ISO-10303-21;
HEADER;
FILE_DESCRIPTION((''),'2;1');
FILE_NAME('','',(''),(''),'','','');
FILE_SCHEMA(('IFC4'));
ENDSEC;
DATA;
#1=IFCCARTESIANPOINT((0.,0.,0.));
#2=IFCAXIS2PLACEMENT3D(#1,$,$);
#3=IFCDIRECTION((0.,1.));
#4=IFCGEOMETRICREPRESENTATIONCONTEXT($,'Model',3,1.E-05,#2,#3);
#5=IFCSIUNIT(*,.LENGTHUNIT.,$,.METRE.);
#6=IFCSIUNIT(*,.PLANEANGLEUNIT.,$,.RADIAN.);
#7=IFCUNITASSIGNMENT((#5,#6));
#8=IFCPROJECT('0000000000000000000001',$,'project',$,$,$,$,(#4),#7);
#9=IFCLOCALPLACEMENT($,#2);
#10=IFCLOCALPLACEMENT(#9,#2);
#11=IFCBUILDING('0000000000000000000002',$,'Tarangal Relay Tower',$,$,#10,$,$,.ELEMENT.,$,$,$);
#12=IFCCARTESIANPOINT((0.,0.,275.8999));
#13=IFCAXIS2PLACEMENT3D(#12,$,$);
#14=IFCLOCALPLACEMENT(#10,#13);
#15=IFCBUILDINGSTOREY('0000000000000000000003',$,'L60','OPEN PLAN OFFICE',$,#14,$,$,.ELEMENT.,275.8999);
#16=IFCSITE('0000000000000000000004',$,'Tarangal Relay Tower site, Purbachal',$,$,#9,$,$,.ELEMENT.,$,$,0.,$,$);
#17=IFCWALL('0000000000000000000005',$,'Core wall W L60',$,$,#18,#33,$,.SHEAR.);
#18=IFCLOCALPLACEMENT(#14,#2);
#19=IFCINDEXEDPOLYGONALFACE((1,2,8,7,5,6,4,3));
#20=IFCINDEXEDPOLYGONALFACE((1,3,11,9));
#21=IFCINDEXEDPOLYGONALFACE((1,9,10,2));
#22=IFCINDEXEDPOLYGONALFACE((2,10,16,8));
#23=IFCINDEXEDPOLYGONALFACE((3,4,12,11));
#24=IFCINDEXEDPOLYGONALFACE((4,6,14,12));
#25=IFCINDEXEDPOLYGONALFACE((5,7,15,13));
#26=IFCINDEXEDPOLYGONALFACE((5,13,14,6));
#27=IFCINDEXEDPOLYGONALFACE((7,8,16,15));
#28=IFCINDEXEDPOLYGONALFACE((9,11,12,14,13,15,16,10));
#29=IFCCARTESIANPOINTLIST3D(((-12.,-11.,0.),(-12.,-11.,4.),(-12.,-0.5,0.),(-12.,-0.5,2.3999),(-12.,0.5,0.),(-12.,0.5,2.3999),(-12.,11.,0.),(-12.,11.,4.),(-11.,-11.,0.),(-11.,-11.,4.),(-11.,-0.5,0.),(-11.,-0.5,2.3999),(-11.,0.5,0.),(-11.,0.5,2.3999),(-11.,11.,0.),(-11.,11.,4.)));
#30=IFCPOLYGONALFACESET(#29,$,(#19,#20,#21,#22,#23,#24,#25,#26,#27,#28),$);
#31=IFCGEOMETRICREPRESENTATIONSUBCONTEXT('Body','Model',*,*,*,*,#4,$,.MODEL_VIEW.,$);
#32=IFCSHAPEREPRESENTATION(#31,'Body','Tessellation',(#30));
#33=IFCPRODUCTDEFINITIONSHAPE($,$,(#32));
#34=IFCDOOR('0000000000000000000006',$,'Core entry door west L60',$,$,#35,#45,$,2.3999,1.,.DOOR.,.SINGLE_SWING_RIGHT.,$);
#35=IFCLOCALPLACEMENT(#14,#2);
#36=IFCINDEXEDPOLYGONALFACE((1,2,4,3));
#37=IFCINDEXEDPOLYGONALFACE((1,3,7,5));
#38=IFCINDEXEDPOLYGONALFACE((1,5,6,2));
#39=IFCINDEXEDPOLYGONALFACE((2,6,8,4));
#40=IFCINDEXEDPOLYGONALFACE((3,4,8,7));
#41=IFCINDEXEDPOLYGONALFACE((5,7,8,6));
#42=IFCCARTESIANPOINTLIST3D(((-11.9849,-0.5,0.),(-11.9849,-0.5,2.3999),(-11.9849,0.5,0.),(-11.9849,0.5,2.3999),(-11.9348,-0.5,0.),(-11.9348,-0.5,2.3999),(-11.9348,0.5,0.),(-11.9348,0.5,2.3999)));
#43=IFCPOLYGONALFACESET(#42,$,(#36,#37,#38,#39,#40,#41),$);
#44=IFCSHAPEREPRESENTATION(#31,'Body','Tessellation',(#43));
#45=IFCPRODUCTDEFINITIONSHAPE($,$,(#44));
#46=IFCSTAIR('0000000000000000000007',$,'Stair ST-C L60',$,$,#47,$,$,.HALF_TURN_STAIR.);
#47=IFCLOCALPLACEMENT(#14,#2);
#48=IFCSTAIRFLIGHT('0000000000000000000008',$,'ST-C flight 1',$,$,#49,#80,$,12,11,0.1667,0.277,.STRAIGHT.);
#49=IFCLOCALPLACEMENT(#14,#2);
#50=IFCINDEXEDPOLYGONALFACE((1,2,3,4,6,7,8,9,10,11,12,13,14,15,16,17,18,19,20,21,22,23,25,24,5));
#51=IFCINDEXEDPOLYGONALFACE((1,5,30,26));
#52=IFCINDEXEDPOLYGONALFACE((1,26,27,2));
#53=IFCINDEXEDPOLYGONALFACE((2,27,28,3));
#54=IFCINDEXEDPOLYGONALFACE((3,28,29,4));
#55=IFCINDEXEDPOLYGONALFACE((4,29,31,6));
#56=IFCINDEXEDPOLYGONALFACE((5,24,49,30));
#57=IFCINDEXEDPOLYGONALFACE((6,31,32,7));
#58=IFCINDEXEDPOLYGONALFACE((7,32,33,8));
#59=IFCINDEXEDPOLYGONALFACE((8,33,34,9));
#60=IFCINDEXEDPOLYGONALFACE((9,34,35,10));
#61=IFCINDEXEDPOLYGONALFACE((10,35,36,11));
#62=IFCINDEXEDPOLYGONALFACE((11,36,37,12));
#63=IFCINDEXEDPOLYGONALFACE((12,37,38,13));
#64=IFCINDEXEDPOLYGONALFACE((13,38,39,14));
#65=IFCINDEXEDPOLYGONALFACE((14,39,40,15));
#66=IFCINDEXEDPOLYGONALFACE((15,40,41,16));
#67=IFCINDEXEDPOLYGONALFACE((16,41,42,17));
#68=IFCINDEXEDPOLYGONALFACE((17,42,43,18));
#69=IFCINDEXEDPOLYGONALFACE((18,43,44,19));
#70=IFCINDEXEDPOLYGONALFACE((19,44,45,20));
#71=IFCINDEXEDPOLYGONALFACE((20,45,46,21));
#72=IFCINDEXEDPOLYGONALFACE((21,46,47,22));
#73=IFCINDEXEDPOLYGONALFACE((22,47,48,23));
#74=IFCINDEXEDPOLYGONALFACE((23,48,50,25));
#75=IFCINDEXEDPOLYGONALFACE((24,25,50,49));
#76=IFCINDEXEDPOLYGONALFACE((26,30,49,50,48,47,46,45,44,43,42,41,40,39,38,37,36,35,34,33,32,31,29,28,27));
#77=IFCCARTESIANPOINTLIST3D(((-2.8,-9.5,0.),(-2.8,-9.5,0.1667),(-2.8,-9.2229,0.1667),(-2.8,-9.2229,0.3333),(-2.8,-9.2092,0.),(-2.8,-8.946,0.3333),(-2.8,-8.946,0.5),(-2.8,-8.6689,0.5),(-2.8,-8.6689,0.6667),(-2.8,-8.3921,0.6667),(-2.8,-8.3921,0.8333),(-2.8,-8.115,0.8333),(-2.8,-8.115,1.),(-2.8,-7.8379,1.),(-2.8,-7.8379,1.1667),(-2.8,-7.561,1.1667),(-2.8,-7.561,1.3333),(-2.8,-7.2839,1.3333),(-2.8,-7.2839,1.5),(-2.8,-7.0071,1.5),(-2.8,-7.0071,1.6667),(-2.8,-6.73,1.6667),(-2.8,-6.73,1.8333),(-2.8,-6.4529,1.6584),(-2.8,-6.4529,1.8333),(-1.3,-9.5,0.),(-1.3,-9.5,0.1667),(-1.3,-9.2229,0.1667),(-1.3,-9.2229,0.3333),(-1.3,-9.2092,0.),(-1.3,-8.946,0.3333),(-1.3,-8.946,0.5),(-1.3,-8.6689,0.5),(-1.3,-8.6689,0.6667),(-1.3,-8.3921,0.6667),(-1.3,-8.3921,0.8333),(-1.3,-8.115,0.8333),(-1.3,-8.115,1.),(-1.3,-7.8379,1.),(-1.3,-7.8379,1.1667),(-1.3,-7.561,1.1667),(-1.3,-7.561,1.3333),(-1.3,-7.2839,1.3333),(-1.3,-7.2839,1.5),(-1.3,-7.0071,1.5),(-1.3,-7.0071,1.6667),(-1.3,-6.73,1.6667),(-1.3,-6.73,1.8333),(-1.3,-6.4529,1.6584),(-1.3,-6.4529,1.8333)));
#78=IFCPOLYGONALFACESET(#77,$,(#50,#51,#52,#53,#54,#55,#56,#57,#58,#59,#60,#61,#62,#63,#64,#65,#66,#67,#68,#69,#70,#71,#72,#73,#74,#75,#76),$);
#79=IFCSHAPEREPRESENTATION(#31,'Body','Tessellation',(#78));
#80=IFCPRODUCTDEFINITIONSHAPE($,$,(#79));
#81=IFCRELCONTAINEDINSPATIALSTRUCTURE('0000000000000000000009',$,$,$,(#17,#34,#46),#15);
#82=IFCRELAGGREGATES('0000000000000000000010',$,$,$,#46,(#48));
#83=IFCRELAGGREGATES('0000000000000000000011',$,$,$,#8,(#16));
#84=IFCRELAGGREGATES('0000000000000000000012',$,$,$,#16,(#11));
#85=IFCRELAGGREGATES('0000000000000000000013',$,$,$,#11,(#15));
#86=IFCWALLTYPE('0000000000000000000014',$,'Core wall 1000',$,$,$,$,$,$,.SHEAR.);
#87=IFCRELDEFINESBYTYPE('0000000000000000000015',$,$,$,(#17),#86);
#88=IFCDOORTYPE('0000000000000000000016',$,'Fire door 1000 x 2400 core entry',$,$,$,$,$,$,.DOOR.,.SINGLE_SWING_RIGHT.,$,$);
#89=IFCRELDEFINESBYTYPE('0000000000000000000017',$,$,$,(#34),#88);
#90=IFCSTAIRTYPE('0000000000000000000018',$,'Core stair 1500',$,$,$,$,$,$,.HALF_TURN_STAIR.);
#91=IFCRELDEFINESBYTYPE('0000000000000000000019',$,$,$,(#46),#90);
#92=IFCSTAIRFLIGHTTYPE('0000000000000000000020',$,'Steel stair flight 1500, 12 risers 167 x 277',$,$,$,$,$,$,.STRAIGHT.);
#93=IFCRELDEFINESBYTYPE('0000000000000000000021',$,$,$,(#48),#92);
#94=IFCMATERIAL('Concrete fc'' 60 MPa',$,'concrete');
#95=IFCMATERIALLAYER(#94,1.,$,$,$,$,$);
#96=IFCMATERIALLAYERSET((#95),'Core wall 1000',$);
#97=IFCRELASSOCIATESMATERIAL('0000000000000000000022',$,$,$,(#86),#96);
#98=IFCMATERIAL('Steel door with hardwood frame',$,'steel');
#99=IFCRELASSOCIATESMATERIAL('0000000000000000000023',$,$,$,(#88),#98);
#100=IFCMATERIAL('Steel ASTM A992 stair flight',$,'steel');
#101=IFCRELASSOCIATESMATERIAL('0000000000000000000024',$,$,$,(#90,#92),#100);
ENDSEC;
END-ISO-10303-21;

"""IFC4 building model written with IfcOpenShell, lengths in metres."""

from ifc_helpers import new_model, si_unit, direction, frame, frame_2d, origin, place, context, subcontext, project, spatial, polyline, rectangle, outline, extrude, material, layer, layer_set, type_object, element, fill, aggregate, save


model = new_model("IFC4")

# Units and contexts
model_context = context("Model", 3, precision=1e-05, world=origin(), true_north=direction((0.0, 1.0)))
body_context = subcontext(model_context, "Body", "Model", "MODEL_VIEW")
ifc_project = project(units=[si_unit("LENGTHUNIT", "METRE"), si_unit("PLANEANGLEUNIT", "RADIAN")], contexts=[model_context])

# Site, building, storey
site_placement = place(None, origin())
site = spatial("IfcSite", under=ifc_project, at=site_placement, Name="Tarangal Relay Tower site, Purbachal", CompositionType="ELEMENT", RefElevation=0.0)
building_placement = place(site_placement, origin())
building = spatial("IfcBuilding", under=site, at=building_placement, Name="Tarangal Relay Tower", CompositionType="ELEMENT")
storey_placement = place(building_placement, frame((0.0, 0.0, 275.8999)))
storey = spatial("IfcBuildingStorey", under=building, at=storey_placement, Name="L60", Description="OPEN PLAN OFFICE", CompositionType="ELEMENT", Elevation=275.8999)

# Shared definitions
ifc_material_1 = material(Name="Concrete fc' 60 MPa", Category="concrete")

# Wall, opening, door
ifc_layer_1 = layer(ifc_material_1, 1.0)
ifc_layer_set_1 = layer_set([ifc_layer_1], Name="Core wall 1000")
wall_type_1 = type_object("IfcWallType", Name="Core wall 1000", PredefinedType="SHEAR", material=ifc_layer_set_1)
wall_1_placement = place(storey_placement, frame((-11.5, -11.0, 0.0), z_axis=(0.0, 0.0, 1.0), x_axis=(0.0, 1.0, 0.0)))
wall_1 = element("IfcWall", 1, at=wall_1_placement, inside=storey, type_object=wall_type_1, Name="Core wall W L60", PredefinedType="SHEAR", context=body_context, shape_type="SweptSolid", body=[
    extrude(rectangle(XDim=22.0, YDim=1.0, at=frame_2d((11.0, 0.0))), origin(), (0.0, 0.0, 1.0), 4.0),
])
opening_1_placement = place(wall_1_placement, frame((10.5, 0.0, 0.0)))
opening_1 = element("IfcOpeningElement", 2, at=opening_1_placement, cuts=wall_1, PredefinedType="OPENING", context=body_context, shape_type="SweptSolid", body=[
    extrude(rectangle(XDim=1.0, YDim=2.3999, at=frame_2d((0.5, 1.2))), frame((0.0, 0.51, 0.0), z_axis=(0.0, -1.0, 0.0), x_axis=(1.0, 0.0, 0.0)), (0.0, 0.0, 1.0), 1.02),
])
ifc_material_2 = material(Name="Steel door with hardwood frame", Category="steel")
door_type_1 = type_object("IfcDoorType", Name="Fire door 1000 x 2400 core entry", OperationType="SINGLE_SWING_RIGHT", PredefinedType="DOOR", material=ifc_material_2)
door_1_placement = place(opening_1_placement, origin())
door_1 = element("IfcDoor", 3, at=door_1_placement, inside=storey, type_object=door_type_1, Name="Core entry door west L60", OperationType="SINGLE_SWING_RIGHT", OverallHeight=2.3999, OverallWidth=1.0, PredefinedType="DOOR", context=body_context, shape_type="SweptSolid", body=[
    extrude(rectangle(XDim=1.0, YDim=2.3999, at=frame_2d((0.5, 1.2))), frame((0.0, 0.4849, 0.0), z_axis=(0.0, -1.0, 0.0), x_axis=(1.0, 0.0, 0.0)), (0.0, 0.0, 1.0), 0.05),
])
fill(opening_1, door_1)

# Stair, stair flight
ifc_material_3 = material(Name="Steel ASTM A992 stair flight", Category="steel")
stair_type = type_object("IfcStairType", Name="Core stair 1500", PredefinedType="HALF_TURN_STAIR", material=ifc_material_3)
stair_placement = place(storey_placement, origin())
stair = element("IfcStair", 4, at=stair_placement, inside=storey, type_object=stair_type, Name="Stair ST-C L60", PredefinedType="HALF_TURN_STAIR")
stair_flight_type = type_object("IfcStairFlightType", Name="Steel stair flight 1500, 12 risers 167 x 277", PredefinedType="STRAIGHT", material=ifc_material_3)
stair_flight_placement = place(storey_placement, frame((-2.05, -9.5, 0.0), z_axis=(0.0, 0.0, 1.0), x_axis=(0.0, 1.0, 0.0)))
stair_flight = element("IfcStairFlight", 5, at=stair_flight_placement, type_object=stair_flight_type, Name="ST-C flight 1", NumberOfRisers=12, NumberOfTreads=11, PredefinedType="STRAIGHT", RiserHeight=0.1667, TreadLength=0.277, context=body_context, shape_type="SweptSolid", body=[
    extrude(outline(polyline([(0.0, 0.0), (0.0, 0.1667), (0.2771, 0.1667), (0.2771, 0.3333), (0.554, 0.3333), (0.554, 0.5), (0.8311, 0.5), (0.8311, 0.6667), (1.1079, 0.6667), (1.1079, 0.8333), (1.385, 0.8333), (1.385, 1.0), (1.6621, 1.0), (1.6621, 1.1667), (1.939, 1.1667), (1.939, 1.3333), (2.2161, 1.3333), (2.2161, 1.5), (2.4929, 1.5), (2.4929, 1.6667), (2.77, 1.6667), (2.77, 1.8333), (3.0471, 1.8333), (3.0471, 2.0), (3.0471, 1.6584), (0.2908, 0.0), (0.0, 0.0)])), frame((0.0, 0.75, 0.0), z_axis=(0.0, -1.0, 0.0), x_axis=(1.0, 0.0, 0.0)), (0.0, 0.0, 1.0), 1.5),
])
aggregate(stair, [stair_flight])

save(model, "model.ifc")
